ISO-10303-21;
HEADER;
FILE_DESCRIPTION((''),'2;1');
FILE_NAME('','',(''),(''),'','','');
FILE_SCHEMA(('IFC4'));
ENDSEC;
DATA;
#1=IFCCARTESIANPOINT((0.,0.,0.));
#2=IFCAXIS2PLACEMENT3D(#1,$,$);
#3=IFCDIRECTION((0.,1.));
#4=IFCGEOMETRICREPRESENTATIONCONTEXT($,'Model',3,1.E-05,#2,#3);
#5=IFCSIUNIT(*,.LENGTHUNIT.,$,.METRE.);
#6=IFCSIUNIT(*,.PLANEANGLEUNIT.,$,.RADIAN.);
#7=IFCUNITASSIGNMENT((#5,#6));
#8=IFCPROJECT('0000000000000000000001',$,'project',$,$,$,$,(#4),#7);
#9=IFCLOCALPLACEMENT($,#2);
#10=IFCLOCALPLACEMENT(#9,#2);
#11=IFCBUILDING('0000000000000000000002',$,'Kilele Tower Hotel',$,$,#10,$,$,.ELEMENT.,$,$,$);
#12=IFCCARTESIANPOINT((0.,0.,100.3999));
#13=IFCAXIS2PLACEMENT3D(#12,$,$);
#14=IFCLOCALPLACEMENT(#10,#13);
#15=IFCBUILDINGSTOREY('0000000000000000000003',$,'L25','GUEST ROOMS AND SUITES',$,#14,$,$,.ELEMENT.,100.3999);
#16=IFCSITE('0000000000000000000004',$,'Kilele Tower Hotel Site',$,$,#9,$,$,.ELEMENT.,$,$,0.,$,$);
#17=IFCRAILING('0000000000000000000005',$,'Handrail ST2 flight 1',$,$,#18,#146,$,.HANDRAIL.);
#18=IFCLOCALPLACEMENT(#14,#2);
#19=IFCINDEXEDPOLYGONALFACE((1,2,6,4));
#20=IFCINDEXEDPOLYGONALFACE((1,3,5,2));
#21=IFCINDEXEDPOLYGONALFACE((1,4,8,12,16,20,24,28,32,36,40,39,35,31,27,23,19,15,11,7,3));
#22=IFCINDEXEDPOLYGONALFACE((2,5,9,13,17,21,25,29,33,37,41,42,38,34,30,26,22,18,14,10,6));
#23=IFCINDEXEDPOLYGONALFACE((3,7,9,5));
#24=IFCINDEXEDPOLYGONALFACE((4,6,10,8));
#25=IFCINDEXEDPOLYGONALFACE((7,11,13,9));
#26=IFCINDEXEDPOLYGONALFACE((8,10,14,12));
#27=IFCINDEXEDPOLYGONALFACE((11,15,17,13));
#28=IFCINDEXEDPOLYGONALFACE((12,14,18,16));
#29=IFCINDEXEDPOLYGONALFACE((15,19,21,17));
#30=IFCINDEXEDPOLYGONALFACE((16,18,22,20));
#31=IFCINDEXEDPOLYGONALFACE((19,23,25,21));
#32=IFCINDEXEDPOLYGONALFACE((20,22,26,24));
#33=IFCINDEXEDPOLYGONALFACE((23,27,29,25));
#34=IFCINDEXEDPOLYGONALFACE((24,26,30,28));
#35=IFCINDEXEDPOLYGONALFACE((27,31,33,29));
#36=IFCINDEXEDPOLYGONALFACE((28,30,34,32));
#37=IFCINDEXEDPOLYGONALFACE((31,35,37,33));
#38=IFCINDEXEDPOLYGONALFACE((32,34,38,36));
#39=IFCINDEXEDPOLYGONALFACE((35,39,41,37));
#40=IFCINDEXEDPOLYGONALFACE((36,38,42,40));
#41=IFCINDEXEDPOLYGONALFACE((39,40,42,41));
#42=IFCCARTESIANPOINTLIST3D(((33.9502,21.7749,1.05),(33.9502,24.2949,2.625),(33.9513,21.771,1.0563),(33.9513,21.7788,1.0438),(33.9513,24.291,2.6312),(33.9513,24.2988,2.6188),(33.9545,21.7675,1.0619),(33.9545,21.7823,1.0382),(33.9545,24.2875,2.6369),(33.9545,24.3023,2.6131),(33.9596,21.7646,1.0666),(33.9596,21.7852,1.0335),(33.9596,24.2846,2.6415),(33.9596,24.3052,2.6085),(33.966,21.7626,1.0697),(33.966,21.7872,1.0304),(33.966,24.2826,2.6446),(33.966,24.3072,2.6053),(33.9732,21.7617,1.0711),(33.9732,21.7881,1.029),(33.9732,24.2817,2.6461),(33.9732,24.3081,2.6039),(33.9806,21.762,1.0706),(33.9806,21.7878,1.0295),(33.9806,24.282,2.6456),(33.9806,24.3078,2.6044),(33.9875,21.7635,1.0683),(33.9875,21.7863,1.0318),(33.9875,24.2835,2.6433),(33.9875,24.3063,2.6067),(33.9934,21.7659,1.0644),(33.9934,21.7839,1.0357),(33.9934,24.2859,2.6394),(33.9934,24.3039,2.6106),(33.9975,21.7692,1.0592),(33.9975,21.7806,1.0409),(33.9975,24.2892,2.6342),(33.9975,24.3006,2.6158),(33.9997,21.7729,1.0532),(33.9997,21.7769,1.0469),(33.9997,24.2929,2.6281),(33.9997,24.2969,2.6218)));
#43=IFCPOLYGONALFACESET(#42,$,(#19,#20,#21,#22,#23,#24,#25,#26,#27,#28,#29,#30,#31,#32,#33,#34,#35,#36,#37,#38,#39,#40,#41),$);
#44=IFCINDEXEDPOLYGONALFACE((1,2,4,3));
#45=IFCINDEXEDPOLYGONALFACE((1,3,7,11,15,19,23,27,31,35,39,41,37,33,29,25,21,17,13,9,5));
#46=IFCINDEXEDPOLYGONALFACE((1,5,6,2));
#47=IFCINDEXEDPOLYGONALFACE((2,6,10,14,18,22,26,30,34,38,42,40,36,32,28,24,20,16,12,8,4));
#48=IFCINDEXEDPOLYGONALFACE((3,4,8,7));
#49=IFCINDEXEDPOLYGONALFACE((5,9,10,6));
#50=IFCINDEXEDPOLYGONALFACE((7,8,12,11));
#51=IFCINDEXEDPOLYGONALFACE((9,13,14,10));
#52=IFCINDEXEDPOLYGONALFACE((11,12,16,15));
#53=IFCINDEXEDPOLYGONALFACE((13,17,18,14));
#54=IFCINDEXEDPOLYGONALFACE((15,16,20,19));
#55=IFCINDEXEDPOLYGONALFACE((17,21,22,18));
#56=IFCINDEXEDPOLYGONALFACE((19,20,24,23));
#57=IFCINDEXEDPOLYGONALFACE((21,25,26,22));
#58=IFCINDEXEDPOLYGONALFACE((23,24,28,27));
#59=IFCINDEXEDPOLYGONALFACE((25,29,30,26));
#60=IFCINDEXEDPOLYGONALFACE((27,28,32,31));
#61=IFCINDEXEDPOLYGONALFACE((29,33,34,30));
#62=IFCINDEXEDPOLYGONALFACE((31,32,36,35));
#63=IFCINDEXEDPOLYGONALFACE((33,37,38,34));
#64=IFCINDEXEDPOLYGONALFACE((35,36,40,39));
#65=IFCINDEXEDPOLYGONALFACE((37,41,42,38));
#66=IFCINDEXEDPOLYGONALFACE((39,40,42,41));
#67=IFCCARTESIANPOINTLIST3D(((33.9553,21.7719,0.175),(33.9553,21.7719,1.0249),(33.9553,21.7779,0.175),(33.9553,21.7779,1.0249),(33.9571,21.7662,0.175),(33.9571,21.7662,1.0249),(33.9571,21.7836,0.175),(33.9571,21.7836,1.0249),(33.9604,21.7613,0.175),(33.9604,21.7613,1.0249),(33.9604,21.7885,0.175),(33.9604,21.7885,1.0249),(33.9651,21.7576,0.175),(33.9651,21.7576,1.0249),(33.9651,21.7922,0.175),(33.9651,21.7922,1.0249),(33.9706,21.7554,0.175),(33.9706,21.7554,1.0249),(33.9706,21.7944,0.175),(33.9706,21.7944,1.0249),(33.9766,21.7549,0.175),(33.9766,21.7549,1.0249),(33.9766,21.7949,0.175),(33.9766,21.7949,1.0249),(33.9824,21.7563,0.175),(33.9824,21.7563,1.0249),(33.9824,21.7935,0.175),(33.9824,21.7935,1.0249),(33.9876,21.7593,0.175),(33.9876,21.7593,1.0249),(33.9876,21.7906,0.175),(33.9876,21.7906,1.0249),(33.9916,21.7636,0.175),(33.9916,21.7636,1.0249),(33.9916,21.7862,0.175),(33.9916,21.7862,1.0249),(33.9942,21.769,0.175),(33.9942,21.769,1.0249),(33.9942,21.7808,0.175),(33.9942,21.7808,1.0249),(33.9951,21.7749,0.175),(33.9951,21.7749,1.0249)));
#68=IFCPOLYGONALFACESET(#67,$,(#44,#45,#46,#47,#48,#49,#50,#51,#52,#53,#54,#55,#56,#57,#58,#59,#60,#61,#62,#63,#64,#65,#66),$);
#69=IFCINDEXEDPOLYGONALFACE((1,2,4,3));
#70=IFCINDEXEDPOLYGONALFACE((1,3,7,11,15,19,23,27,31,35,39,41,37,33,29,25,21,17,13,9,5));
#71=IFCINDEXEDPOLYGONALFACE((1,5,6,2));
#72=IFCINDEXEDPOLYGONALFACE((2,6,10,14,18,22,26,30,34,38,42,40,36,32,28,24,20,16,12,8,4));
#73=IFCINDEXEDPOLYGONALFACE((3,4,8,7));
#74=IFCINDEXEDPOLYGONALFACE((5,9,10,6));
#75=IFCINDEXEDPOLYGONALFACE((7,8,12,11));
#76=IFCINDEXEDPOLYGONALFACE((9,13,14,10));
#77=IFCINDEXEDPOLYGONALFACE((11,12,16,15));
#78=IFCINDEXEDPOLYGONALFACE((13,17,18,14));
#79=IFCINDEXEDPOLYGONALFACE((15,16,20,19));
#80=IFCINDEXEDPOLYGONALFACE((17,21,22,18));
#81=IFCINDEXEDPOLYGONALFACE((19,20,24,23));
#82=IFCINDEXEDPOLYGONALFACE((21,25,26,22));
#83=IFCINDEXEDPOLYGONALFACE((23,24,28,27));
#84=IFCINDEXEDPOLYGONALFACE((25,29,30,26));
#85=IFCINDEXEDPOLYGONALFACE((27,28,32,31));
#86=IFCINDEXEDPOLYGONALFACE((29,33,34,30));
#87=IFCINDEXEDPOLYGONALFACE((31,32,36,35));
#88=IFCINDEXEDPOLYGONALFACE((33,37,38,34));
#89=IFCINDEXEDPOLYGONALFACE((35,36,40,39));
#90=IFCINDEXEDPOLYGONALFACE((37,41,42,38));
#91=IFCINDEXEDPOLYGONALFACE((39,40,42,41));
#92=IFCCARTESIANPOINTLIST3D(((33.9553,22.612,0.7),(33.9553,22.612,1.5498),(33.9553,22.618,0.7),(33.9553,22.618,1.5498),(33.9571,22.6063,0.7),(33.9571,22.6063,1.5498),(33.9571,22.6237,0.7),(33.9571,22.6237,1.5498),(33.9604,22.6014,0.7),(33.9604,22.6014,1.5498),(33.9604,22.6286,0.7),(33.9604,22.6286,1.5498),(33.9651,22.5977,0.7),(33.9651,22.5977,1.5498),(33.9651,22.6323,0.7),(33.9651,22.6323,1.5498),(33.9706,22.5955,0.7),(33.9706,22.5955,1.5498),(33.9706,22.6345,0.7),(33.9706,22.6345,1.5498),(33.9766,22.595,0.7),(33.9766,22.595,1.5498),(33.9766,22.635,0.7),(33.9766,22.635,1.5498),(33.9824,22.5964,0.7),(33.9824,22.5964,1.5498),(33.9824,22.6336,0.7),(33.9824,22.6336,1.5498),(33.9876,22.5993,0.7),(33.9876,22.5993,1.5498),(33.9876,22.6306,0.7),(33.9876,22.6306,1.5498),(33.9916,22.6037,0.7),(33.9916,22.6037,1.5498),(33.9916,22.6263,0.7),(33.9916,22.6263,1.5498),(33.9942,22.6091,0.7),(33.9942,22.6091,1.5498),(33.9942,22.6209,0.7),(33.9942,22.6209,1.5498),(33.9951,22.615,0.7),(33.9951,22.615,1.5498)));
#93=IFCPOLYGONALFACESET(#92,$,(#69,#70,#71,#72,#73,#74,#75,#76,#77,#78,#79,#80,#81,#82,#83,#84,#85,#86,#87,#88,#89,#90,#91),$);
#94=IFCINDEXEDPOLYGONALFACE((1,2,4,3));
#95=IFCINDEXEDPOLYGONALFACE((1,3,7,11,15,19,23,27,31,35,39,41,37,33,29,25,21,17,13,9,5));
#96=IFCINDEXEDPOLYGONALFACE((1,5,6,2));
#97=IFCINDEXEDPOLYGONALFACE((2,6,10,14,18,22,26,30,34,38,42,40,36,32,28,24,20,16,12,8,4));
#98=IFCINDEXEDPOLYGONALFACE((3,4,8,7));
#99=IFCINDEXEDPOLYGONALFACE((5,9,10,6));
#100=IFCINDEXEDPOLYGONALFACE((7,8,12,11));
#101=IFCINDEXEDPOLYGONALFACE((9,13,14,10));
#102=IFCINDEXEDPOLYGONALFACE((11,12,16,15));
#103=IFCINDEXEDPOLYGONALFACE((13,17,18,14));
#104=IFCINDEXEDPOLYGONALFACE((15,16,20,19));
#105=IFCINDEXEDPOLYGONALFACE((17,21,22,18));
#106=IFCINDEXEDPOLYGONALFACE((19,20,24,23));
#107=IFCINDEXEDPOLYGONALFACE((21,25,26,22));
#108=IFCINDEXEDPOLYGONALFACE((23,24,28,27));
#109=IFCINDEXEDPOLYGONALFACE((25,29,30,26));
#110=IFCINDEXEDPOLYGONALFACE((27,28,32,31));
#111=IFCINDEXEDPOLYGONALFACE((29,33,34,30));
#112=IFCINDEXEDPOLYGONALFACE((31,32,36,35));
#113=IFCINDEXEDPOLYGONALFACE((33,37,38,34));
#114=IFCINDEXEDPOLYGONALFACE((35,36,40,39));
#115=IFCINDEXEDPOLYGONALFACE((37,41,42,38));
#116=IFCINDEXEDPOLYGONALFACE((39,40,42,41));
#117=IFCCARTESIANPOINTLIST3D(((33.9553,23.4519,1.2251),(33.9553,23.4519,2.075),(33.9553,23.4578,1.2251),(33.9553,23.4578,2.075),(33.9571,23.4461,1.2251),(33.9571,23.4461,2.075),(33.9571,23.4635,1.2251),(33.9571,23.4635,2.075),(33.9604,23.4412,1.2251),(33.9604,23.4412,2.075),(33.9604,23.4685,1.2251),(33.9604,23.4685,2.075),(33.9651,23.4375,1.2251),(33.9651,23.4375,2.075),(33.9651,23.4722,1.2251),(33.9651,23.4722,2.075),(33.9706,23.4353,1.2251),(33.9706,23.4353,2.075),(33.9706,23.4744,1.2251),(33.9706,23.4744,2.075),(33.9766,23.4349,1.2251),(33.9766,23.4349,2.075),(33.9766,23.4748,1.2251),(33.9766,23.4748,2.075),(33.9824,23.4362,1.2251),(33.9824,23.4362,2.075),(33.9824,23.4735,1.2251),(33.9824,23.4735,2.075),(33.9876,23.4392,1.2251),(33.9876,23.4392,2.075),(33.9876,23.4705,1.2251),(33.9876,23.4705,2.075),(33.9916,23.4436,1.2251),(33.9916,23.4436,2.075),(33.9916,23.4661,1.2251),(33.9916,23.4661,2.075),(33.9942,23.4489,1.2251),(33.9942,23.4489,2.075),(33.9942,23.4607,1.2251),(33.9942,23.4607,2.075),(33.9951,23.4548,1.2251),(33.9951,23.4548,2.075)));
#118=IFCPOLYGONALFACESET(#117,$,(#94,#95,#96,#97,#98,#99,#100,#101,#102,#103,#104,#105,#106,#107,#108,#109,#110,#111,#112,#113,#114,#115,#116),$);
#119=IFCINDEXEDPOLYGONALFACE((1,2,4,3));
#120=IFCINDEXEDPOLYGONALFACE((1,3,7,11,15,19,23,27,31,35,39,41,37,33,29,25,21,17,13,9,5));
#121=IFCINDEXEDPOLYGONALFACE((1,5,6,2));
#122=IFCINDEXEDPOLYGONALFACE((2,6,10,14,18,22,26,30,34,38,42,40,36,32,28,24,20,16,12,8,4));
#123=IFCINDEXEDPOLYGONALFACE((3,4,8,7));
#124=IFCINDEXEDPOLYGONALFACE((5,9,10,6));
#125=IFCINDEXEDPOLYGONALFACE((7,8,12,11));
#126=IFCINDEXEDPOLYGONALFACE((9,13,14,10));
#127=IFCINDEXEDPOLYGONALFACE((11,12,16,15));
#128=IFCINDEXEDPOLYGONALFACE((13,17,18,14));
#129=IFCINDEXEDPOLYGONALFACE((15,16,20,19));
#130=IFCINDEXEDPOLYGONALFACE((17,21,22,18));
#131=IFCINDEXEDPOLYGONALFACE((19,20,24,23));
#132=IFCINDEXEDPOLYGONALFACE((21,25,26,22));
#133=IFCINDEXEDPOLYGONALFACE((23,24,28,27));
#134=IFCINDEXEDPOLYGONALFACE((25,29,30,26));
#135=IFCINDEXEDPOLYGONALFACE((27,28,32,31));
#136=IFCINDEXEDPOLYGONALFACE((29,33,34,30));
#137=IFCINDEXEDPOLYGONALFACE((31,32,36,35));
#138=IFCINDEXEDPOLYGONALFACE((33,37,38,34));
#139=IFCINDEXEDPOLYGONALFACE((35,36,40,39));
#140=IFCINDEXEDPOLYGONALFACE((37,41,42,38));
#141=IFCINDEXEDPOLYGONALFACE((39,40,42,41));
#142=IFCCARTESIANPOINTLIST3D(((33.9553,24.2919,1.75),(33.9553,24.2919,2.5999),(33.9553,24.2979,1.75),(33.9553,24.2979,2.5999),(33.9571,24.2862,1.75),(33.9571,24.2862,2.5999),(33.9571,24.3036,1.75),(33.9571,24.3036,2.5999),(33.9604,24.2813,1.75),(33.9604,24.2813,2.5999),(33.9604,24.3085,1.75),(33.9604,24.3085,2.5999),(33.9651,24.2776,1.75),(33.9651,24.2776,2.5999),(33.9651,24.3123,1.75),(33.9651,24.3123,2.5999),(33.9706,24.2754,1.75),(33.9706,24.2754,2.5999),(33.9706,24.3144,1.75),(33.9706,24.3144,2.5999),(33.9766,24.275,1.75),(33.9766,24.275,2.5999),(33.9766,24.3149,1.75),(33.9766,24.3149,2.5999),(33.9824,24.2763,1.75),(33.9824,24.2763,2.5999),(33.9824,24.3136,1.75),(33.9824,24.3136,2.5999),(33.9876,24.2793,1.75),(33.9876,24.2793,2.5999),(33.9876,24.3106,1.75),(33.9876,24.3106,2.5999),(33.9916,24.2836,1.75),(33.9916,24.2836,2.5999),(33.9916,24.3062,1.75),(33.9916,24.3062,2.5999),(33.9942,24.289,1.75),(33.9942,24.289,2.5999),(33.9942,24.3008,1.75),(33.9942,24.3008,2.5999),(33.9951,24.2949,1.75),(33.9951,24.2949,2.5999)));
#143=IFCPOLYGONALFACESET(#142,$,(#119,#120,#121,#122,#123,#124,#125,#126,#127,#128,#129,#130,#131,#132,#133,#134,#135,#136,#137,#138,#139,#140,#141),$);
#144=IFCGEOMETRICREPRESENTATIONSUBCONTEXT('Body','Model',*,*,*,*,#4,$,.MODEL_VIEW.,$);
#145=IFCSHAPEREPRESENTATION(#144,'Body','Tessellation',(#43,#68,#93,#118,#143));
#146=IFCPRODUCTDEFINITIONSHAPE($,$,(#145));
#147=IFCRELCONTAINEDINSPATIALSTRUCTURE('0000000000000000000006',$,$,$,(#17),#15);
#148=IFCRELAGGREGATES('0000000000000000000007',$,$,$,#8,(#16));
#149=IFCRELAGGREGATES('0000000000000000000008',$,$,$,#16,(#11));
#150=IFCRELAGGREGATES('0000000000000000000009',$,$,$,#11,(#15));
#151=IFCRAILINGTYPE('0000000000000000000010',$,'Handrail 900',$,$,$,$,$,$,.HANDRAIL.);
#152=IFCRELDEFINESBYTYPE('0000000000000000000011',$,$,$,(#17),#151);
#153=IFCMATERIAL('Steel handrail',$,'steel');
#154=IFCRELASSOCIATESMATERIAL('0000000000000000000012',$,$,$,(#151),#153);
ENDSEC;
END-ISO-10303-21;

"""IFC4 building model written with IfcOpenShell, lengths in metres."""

from ifc_helpers import new_model, si_unit, direction, frame, origin, origin_2d, place, context, subcontext, project, spatial, circle, extrude, material, type_object, element, save


model = new_model("IFC4")

# Units and contexts
model_context = context("Model", 3, precision=1e-05, world=origin(), true_north=direction((0.0, 1.0)))
body_context = subcontext(model_context, "Body", "Model", "MODEL_VIEW")
ifc_project = project(units=[si_unit("LENGTHUNIT", "METRE"), si_unit("PLANEANGLEUNIT", "RADIAN")], contexts=[model_context])

# Site, building, storey
site_placement = place(None, origin())
site = spatial("IfcSite", under=ifc_project, at=site_placement, Name="Kilele Tower Hotel Site", CompositionType="ELEMENT", RefElevation=0.0)
building_placement = place(site_placement, origin())
building = spatial("IfcBuilding", under=site, at=building_placement, Name="Kilele Tower Hotel", CompositionType="ELEMENT")
storey_placement = place(building_placement, frame((0.0, 0.0, 100.3999)))
storey = spatial("IfcBuildingStorey", under=building, at=storey_placement, Name="L25", Description="GUEST ROOMS AND SUITES", CompositionType="ELEMENT", Elevation=100.3999)

# Railing
ifc_material_1 = material(Name="Steel handrail", Category="steel")
railing_type_1 = type_object("IfcRailingType", Name="Handrail 900", PredefinedType="HANDRAIL", material=ifc_material_1)
for number, where, name in (
    (1, (33.9751, 21.7749, 0.175), "Handrail ST2 flight 1"),
):
    element("IfcRailing", number, at=place(storey_placement, frame(where)), inside=storey, type_object=railing_type_1, Name=name, PredefinedType="HANDRAIL", context=body_context, shape_type="SweptSolid", body=[
        extrude(circle(Radius=0.0249, at=origin_2d()), frame((0.0, 0.0, 0.875), z_axis=(0.0, 0.848008, 0.529984), x_axis=(-1.0, 0.0, 0.0)), (0.0, 0.0, 1.0), 2.9717),
        extrude(circle(Radius=0.02, at=origin_2d()), origin(), (0.0, 0.0, 1.0), 0.8499),
        extrude(circle(Radius=0.02, at=origin_2d()), frame((0.0, 0.8401, 0.5249)), (0.0, 0.0, 1.0), 0.8499),
        extrude(circle(Radius=0.02, at=origin_2d()), frame((0.0, 1.6799, 1.05)), (0.0, 0.0, 1.0), 0.8499),
        extrude(circle(Radius=0.02, at=origin_2d()), frame((0.0, 2.52, 1.575)), (0.0, 0.0, 1.0), 0.8499),
    ])

save(model, "model.ifc")
